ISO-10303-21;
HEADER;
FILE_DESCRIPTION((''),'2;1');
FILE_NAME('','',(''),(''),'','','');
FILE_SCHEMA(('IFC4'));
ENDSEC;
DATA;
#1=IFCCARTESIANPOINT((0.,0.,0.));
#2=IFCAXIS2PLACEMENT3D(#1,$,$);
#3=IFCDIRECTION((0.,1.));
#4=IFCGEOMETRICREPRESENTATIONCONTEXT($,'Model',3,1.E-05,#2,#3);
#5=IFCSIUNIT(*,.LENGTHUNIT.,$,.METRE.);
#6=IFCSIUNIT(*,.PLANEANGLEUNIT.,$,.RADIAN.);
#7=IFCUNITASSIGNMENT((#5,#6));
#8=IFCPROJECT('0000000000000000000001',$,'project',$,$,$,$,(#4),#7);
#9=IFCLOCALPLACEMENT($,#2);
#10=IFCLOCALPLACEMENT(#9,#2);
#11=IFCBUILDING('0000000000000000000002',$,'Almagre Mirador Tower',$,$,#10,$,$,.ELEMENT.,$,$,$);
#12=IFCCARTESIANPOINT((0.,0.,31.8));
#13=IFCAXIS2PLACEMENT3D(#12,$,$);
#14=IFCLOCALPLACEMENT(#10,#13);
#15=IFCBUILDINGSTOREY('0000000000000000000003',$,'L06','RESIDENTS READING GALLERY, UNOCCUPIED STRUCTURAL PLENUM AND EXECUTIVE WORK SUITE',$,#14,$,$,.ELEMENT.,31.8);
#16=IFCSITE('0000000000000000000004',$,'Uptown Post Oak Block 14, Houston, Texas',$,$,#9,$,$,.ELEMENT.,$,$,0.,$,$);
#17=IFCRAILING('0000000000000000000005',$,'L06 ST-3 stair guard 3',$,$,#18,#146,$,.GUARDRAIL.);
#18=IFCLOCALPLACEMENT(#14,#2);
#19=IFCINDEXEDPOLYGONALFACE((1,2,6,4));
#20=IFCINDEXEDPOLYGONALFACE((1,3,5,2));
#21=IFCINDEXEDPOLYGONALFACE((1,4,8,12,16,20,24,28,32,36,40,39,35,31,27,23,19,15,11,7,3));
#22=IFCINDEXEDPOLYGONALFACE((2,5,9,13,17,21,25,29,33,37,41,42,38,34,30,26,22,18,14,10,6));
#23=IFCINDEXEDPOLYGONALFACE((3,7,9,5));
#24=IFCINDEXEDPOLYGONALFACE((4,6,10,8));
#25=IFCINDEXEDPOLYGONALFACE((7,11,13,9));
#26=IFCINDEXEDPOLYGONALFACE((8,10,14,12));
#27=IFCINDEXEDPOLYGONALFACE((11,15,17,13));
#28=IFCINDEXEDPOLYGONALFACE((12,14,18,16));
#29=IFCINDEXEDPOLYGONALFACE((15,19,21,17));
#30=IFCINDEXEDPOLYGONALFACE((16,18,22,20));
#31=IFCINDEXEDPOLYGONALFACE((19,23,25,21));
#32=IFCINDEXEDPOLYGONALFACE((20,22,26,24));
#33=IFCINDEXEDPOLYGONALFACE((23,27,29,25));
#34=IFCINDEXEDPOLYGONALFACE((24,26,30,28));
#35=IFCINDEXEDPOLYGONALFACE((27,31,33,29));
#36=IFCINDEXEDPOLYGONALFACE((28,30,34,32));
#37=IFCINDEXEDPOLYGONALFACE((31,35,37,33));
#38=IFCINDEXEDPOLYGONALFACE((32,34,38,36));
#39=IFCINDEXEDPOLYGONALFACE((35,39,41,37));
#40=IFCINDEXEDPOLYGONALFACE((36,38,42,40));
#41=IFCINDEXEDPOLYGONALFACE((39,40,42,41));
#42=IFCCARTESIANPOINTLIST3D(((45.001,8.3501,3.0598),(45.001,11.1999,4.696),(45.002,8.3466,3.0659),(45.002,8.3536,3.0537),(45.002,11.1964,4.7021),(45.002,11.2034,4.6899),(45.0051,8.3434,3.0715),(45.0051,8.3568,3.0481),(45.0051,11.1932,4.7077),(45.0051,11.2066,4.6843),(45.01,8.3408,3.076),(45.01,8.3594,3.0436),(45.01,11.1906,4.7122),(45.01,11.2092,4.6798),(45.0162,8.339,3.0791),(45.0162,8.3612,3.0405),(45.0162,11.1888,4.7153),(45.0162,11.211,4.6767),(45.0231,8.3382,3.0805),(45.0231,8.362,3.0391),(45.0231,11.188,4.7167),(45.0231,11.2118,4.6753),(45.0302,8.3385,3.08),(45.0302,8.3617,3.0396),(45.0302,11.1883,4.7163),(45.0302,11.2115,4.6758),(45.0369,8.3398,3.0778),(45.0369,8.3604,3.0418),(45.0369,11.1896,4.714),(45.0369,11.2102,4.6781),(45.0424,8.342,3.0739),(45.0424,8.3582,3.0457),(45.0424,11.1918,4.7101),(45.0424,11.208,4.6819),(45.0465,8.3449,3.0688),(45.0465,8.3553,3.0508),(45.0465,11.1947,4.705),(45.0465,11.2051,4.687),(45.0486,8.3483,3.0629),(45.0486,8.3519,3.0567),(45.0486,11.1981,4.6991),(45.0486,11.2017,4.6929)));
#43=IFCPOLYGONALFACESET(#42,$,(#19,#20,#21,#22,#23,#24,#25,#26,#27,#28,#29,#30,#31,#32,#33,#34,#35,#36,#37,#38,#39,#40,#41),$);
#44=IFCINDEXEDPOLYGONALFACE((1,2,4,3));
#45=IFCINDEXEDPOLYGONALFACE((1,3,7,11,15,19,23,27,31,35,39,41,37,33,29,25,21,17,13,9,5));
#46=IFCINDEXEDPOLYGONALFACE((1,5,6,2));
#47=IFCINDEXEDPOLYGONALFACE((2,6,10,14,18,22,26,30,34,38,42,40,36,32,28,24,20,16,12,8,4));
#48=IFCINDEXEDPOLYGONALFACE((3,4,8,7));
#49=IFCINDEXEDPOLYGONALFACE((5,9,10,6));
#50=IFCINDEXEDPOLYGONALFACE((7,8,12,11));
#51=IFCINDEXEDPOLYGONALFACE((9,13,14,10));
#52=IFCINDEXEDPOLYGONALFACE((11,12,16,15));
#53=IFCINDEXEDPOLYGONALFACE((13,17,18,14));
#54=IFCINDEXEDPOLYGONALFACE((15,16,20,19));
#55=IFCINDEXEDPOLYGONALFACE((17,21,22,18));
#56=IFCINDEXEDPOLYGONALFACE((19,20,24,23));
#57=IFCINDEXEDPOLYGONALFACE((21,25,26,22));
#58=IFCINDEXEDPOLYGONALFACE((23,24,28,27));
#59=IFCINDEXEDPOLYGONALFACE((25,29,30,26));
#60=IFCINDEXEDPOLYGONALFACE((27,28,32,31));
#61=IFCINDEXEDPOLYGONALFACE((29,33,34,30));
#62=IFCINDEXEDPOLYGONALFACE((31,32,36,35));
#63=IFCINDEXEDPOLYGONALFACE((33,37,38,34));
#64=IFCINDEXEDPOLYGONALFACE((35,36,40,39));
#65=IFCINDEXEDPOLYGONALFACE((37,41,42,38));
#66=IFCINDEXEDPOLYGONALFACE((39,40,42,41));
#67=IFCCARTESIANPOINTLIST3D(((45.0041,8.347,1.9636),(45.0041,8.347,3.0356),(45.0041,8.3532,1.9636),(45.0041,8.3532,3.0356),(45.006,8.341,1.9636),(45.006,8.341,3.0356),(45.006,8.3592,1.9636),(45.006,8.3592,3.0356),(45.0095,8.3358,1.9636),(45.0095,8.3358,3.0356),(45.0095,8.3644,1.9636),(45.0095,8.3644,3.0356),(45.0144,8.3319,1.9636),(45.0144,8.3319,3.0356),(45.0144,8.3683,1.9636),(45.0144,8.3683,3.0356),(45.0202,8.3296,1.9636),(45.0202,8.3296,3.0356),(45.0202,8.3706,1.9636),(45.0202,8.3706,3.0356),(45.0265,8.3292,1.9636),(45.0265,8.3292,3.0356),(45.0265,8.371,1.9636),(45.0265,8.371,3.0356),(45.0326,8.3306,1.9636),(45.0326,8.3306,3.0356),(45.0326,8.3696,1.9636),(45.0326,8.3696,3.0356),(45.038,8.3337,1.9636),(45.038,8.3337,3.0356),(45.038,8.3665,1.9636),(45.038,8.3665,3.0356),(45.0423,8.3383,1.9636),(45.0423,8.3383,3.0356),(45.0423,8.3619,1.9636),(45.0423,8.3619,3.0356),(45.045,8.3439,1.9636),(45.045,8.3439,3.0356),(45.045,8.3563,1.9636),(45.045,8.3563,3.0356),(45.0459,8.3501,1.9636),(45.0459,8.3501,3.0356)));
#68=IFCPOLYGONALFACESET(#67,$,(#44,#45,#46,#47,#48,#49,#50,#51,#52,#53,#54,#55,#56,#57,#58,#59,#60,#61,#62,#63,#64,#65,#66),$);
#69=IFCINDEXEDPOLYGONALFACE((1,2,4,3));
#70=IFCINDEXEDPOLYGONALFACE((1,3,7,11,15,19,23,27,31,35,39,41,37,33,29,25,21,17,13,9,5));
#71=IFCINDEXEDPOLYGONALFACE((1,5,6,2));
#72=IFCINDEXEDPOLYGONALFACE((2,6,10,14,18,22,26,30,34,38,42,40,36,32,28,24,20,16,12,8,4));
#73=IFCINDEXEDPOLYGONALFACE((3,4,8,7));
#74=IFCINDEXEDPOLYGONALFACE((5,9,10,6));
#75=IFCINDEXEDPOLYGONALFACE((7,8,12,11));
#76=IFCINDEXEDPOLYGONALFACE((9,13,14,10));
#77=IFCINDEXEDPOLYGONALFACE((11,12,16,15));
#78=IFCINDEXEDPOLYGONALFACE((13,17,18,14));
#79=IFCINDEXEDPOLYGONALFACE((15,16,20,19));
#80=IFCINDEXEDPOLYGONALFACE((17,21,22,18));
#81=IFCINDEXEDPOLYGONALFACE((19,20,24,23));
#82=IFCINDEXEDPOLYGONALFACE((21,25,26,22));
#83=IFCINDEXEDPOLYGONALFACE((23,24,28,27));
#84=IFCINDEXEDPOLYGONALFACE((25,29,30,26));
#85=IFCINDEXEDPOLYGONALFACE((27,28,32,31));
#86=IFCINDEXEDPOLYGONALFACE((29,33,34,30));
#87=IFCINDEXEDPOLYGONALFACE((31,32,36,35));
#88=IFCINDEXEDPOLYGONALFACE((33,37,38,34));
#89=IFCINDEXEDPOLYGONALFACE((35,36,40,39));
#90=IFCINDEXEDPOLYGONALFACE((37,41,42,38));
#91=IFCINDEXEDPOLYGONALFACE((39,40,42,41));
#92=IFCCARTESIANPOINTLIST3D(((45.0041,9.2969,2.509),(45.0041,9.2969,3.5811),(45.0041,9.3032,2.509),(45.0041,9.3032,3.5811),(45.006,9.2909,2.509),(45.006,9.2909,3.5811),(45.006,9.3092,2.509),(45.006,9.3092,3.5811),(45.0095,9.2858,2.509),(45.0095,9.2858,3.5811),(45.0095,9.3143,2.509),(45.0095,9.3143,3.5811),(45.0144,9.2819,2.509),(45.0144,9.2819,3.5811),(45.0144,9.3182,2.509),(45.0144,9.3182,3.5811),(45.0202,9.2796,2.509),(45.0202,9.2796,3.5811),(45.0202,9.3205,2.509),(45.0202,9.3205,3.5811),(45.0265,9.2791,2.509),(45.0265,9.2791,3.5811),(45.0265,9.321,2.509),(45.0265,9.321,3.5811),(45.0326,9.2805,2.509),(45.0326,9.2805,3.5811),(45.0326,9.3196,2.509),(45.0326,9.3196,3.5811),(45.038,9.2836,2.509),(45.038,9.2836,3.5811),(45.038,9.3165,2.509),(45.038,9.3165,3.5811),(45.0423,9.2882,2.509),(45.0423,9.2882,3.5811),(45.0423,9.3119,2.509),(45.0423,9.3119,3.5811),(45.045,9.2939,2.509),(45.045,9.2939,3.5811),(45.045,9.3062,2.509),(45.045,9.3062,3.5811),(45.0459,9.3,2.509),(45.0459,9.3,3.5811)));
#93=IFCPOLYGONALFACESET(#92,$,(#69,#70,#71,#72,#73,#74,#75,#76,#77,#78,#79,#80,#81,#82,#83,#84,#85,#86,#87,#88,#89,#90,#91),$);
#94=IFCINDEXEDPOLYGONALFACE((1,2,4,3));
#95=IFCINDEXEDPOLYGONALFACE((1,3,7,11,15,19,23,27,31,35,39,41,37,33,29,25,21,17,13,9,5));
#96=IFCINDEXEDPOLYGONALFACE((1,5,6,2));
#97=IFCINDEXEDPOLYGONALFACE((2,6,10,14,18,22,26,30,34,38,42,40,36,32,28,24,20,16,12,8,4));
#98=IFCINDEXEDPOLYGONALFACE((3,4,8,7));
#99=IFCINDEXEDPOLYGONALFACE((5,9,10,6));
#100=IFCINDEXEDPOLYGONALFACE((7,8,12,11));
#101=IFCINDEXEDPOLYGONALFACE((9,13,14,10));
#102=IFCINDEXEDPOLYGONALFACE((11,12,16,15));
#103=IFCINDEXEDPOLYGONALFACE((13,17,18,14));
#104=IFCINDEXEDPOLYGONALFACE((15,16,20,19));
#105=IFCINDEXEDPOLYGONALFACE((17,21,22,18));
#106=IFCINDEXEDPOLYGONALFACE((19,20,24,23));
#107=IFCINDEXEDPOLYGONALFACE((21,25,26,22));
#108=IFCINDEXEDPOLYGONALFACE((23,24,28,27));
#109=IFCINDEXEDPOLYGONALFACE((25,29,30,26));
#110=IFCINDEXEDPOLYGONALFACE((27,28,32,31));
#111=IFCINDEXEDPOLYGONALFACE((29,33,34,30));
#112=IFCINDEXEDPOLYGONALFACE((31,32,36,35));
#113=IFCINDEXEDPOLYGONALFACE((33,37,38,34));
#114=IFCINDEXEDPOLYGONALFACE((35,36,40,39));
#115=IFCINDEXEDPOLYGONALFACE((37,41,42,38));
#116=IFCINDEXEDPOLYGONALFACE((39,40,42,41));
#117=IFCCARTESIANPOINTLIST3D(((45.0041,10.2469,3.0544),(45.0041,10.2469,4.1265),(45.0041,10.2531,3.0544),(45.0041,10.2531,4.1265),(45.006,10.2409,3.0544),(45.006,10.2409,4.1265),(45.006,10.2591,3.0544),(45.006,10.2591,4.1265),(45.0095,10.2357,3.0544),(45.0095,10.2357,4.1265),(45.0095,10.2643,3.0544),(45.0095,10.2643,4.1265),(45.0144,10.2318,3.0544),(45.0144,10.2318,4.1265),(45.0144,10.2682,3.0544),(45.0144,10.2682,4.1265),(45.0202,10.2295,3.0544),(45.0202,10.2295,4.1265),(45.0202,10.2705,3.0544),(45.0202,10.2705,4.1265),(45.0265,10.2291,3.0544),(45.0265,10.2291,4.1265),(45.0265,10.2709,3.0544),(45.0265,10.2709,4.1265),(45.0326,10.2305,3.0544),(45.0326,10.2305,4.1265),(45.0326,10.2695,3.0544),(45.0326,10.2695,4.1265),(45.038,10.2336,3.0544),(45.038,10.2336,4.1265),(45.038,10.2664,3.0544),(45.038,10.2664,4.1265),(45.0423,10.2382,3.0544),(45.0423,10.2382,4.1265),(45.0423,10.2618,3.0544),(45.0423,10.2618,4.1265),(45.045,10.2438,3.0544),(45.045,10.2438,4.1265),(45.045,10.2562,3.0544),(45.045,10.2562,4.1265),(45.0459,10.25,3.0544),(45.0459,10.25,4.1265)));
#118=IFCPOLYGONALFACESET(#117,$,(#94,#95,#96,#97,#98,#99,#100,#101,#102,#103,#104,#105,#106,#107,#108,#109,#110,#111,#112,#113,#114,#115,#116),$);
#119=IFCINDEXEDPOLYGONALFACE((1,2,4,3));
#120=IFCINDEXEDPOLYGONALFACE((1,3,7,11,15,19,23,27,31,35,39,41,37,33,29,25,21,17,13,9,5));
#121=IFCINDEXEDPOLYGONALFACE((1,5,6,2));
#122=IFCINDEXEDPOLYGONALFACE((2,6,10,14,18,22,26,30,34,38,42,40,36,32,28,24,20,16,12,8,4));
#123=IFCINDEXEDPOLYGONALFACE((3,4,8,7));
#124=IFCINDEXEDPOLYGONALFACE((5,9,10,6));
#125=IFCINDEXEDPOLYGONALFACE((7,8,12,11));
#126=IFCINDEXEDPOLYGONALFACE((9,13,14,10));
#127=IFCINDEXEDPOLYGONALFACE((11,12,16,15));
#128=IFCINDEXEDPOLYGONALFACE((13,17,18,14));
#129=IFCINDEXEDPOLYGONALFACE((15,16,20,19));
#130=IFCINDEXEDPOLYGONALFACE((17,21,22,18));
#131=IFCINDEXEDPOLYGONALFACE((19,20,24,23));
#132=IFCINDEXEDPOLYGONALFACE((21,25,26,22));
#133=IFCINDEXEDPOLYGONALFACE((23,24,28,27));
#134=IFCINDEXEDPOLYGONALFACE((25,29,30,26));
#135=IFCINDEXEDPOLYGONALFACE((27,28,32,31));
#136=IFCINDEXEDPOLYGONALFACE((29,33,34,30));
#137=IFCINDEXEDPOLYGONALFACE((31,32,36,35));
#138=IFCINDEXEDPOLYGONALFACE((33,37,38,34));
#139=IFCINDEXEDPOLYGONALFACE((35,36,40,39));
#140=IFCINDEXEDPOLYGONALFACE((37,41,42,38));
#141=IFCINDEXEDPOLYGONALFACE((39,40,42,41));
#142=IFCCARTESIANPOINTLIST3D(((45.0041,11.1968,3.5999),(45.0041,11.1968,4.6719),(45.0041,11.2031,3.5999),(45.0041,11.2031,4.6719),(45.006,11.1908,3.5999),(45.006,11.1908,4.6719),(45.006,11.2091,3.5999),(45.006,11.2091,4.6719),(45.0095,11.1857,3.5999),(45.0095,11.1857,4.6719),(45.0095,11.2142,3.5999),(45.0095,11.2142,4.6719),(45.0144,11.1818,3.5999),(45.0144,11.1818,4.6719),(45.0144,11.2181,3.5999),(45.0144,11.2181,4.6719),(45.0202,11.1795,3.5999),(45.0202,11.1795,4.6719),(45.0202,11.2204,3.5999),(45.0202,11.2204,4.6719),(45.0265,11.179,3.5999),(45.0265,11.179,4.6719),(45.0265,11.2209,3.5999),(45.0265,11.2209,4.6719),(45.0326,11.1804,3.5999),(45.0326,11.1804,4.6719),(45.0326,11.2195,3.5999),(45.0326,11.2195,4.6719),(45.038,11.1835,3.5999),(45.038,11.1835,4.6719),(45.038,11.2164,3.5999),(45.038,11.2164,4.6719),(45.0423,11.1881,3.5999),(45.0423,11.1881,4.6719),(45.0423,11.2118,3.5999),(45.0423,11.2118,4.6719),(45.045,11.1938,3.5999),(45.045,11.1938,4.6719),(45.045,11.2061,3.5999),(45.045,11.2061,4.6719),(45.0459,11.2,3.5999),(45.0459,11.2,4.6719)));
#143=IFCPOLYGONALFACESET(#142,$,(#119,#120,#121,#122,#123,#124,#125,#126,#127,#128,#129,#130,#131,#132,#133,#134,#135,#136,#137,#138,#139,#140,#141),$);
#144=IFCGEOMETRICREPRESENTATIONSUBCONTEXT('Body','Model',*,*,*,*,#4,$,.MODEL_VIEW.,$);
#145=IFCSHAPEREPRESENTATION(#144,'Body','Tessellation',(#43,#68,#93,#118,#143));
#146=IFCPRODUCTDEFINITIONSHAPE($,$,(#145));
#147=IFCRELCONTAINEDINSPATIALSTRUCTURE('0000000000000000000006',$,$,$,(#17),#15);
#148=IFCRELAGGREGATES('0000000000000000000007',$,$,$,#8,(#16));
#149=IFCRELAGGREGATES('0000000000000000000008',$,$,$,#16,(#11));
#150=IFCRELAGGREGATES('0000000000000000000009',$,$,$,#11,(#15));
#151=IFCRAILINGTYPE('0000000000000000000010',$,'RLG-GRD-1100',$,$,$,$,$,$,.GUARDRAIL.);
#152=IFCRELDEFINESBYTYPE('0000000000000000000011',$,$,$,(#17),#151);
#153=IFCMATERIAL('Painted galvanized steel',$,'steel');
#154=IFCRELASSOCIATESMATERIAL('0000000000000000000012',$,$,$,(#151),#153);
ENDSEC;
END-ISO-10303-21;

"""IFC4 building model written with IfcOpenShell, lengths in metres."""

from ifc_helpers import new_model, si_unit, direction, frame, origin, origin_2d, place, context, subcontext, project, spatial, circle, extrude, material, type_object, element, save


model = new_model("IFC4")

# Units and contexts
model_context = context("Model", 3, precision=1e-05, world=origin(), true_north=direction((0.0, 1.0)))
body_context = subcontext(model_context, "Body", "Model", "MODEL_VIEW")
ifc_project = project(units=[si_unit("LENGTHUNIT", "METRE"), si_unit("PLANEANGLEUNIT", "RADIAN")], contexts=[model_context])

# Site, building, storey
site_placement = place(None, origin())
site = spatial("IfcSite", under=ifc_project, at=site_placement, Name="Uptown Post Oak Block 14, Houston, Texas", CompositionType="ELEMENT", RefElevation=0.0)
building_placement = place(site_placement, origin())
building = spatial("IfcBuilding", under=site, at=building_placement, Name="Almagre Mirador Tower", CompositionType="ELEMENT")
storey_placement = place(building_placement, frame((0.0, 0.0, 31.8)))
storey = spatial("IfcBuildingStorey", under=building, at=storey_placement, Name="L06", Description="RESIDENTS READING GALLERY, UNOCCUPIED STRUCTURAL PLENUM AND EXECUTIVE WORK SUITE", CompositionType="ELEMENT", Elevation=31.8)

# Railing
ifc_material_1 = material(Name="Painted galvanized steel", Category="steel")
railing_type_1 = type_object("IfcRailingType", Name="RLG-GRD-1100", PredefinedType="GUARDRAIL", material=ifc_material_1)
railing_1_placement = place(storey_placement, frame((45.0249, 8.3501, 1.9636)))
element("IfcRailing", 1, at=railing_1_placement, inside=storey, type_object=railing_type_1, Name="L06 ST-3 stair guard 3", PredefinedType="GUARDRAIL", context=body_context, shape_type="SweptSolid", body=[
    extrude(circle(Radius=0.0239, at=origin_2d()), frame((0.0, 0.0, 1.0962), z_axis=(0.0, 0.867226, 0.497914), x_axis=(-1.0, 0.0, 0.0)), (0.0, 0.0, 1.0), 3.2861),
    extrude(circle(Radius=0.021, at=origin_2d()), origin(), (0.0, 0.0, 1.0), 1.072),
    extrude(circle(Radius=0.021, at=origin_2d()), frame((0.0, 0.95, 0.5454)), (0.0, 0.0, 1.0), 1.072),
    extrude(circle(Radius=0.021, at=origin_2d()), frame((0.0, 1.8999, 1.0908)), (0.0, 0.0, 1.0), 1.072),
    extrude(circle(Radius=0.021, at=origin_2d()), frame((0.0, 2.8499, 1.6362)), (0.0, 0.0, 1.0), 1.072),
])

save(model, "model.ifc")
